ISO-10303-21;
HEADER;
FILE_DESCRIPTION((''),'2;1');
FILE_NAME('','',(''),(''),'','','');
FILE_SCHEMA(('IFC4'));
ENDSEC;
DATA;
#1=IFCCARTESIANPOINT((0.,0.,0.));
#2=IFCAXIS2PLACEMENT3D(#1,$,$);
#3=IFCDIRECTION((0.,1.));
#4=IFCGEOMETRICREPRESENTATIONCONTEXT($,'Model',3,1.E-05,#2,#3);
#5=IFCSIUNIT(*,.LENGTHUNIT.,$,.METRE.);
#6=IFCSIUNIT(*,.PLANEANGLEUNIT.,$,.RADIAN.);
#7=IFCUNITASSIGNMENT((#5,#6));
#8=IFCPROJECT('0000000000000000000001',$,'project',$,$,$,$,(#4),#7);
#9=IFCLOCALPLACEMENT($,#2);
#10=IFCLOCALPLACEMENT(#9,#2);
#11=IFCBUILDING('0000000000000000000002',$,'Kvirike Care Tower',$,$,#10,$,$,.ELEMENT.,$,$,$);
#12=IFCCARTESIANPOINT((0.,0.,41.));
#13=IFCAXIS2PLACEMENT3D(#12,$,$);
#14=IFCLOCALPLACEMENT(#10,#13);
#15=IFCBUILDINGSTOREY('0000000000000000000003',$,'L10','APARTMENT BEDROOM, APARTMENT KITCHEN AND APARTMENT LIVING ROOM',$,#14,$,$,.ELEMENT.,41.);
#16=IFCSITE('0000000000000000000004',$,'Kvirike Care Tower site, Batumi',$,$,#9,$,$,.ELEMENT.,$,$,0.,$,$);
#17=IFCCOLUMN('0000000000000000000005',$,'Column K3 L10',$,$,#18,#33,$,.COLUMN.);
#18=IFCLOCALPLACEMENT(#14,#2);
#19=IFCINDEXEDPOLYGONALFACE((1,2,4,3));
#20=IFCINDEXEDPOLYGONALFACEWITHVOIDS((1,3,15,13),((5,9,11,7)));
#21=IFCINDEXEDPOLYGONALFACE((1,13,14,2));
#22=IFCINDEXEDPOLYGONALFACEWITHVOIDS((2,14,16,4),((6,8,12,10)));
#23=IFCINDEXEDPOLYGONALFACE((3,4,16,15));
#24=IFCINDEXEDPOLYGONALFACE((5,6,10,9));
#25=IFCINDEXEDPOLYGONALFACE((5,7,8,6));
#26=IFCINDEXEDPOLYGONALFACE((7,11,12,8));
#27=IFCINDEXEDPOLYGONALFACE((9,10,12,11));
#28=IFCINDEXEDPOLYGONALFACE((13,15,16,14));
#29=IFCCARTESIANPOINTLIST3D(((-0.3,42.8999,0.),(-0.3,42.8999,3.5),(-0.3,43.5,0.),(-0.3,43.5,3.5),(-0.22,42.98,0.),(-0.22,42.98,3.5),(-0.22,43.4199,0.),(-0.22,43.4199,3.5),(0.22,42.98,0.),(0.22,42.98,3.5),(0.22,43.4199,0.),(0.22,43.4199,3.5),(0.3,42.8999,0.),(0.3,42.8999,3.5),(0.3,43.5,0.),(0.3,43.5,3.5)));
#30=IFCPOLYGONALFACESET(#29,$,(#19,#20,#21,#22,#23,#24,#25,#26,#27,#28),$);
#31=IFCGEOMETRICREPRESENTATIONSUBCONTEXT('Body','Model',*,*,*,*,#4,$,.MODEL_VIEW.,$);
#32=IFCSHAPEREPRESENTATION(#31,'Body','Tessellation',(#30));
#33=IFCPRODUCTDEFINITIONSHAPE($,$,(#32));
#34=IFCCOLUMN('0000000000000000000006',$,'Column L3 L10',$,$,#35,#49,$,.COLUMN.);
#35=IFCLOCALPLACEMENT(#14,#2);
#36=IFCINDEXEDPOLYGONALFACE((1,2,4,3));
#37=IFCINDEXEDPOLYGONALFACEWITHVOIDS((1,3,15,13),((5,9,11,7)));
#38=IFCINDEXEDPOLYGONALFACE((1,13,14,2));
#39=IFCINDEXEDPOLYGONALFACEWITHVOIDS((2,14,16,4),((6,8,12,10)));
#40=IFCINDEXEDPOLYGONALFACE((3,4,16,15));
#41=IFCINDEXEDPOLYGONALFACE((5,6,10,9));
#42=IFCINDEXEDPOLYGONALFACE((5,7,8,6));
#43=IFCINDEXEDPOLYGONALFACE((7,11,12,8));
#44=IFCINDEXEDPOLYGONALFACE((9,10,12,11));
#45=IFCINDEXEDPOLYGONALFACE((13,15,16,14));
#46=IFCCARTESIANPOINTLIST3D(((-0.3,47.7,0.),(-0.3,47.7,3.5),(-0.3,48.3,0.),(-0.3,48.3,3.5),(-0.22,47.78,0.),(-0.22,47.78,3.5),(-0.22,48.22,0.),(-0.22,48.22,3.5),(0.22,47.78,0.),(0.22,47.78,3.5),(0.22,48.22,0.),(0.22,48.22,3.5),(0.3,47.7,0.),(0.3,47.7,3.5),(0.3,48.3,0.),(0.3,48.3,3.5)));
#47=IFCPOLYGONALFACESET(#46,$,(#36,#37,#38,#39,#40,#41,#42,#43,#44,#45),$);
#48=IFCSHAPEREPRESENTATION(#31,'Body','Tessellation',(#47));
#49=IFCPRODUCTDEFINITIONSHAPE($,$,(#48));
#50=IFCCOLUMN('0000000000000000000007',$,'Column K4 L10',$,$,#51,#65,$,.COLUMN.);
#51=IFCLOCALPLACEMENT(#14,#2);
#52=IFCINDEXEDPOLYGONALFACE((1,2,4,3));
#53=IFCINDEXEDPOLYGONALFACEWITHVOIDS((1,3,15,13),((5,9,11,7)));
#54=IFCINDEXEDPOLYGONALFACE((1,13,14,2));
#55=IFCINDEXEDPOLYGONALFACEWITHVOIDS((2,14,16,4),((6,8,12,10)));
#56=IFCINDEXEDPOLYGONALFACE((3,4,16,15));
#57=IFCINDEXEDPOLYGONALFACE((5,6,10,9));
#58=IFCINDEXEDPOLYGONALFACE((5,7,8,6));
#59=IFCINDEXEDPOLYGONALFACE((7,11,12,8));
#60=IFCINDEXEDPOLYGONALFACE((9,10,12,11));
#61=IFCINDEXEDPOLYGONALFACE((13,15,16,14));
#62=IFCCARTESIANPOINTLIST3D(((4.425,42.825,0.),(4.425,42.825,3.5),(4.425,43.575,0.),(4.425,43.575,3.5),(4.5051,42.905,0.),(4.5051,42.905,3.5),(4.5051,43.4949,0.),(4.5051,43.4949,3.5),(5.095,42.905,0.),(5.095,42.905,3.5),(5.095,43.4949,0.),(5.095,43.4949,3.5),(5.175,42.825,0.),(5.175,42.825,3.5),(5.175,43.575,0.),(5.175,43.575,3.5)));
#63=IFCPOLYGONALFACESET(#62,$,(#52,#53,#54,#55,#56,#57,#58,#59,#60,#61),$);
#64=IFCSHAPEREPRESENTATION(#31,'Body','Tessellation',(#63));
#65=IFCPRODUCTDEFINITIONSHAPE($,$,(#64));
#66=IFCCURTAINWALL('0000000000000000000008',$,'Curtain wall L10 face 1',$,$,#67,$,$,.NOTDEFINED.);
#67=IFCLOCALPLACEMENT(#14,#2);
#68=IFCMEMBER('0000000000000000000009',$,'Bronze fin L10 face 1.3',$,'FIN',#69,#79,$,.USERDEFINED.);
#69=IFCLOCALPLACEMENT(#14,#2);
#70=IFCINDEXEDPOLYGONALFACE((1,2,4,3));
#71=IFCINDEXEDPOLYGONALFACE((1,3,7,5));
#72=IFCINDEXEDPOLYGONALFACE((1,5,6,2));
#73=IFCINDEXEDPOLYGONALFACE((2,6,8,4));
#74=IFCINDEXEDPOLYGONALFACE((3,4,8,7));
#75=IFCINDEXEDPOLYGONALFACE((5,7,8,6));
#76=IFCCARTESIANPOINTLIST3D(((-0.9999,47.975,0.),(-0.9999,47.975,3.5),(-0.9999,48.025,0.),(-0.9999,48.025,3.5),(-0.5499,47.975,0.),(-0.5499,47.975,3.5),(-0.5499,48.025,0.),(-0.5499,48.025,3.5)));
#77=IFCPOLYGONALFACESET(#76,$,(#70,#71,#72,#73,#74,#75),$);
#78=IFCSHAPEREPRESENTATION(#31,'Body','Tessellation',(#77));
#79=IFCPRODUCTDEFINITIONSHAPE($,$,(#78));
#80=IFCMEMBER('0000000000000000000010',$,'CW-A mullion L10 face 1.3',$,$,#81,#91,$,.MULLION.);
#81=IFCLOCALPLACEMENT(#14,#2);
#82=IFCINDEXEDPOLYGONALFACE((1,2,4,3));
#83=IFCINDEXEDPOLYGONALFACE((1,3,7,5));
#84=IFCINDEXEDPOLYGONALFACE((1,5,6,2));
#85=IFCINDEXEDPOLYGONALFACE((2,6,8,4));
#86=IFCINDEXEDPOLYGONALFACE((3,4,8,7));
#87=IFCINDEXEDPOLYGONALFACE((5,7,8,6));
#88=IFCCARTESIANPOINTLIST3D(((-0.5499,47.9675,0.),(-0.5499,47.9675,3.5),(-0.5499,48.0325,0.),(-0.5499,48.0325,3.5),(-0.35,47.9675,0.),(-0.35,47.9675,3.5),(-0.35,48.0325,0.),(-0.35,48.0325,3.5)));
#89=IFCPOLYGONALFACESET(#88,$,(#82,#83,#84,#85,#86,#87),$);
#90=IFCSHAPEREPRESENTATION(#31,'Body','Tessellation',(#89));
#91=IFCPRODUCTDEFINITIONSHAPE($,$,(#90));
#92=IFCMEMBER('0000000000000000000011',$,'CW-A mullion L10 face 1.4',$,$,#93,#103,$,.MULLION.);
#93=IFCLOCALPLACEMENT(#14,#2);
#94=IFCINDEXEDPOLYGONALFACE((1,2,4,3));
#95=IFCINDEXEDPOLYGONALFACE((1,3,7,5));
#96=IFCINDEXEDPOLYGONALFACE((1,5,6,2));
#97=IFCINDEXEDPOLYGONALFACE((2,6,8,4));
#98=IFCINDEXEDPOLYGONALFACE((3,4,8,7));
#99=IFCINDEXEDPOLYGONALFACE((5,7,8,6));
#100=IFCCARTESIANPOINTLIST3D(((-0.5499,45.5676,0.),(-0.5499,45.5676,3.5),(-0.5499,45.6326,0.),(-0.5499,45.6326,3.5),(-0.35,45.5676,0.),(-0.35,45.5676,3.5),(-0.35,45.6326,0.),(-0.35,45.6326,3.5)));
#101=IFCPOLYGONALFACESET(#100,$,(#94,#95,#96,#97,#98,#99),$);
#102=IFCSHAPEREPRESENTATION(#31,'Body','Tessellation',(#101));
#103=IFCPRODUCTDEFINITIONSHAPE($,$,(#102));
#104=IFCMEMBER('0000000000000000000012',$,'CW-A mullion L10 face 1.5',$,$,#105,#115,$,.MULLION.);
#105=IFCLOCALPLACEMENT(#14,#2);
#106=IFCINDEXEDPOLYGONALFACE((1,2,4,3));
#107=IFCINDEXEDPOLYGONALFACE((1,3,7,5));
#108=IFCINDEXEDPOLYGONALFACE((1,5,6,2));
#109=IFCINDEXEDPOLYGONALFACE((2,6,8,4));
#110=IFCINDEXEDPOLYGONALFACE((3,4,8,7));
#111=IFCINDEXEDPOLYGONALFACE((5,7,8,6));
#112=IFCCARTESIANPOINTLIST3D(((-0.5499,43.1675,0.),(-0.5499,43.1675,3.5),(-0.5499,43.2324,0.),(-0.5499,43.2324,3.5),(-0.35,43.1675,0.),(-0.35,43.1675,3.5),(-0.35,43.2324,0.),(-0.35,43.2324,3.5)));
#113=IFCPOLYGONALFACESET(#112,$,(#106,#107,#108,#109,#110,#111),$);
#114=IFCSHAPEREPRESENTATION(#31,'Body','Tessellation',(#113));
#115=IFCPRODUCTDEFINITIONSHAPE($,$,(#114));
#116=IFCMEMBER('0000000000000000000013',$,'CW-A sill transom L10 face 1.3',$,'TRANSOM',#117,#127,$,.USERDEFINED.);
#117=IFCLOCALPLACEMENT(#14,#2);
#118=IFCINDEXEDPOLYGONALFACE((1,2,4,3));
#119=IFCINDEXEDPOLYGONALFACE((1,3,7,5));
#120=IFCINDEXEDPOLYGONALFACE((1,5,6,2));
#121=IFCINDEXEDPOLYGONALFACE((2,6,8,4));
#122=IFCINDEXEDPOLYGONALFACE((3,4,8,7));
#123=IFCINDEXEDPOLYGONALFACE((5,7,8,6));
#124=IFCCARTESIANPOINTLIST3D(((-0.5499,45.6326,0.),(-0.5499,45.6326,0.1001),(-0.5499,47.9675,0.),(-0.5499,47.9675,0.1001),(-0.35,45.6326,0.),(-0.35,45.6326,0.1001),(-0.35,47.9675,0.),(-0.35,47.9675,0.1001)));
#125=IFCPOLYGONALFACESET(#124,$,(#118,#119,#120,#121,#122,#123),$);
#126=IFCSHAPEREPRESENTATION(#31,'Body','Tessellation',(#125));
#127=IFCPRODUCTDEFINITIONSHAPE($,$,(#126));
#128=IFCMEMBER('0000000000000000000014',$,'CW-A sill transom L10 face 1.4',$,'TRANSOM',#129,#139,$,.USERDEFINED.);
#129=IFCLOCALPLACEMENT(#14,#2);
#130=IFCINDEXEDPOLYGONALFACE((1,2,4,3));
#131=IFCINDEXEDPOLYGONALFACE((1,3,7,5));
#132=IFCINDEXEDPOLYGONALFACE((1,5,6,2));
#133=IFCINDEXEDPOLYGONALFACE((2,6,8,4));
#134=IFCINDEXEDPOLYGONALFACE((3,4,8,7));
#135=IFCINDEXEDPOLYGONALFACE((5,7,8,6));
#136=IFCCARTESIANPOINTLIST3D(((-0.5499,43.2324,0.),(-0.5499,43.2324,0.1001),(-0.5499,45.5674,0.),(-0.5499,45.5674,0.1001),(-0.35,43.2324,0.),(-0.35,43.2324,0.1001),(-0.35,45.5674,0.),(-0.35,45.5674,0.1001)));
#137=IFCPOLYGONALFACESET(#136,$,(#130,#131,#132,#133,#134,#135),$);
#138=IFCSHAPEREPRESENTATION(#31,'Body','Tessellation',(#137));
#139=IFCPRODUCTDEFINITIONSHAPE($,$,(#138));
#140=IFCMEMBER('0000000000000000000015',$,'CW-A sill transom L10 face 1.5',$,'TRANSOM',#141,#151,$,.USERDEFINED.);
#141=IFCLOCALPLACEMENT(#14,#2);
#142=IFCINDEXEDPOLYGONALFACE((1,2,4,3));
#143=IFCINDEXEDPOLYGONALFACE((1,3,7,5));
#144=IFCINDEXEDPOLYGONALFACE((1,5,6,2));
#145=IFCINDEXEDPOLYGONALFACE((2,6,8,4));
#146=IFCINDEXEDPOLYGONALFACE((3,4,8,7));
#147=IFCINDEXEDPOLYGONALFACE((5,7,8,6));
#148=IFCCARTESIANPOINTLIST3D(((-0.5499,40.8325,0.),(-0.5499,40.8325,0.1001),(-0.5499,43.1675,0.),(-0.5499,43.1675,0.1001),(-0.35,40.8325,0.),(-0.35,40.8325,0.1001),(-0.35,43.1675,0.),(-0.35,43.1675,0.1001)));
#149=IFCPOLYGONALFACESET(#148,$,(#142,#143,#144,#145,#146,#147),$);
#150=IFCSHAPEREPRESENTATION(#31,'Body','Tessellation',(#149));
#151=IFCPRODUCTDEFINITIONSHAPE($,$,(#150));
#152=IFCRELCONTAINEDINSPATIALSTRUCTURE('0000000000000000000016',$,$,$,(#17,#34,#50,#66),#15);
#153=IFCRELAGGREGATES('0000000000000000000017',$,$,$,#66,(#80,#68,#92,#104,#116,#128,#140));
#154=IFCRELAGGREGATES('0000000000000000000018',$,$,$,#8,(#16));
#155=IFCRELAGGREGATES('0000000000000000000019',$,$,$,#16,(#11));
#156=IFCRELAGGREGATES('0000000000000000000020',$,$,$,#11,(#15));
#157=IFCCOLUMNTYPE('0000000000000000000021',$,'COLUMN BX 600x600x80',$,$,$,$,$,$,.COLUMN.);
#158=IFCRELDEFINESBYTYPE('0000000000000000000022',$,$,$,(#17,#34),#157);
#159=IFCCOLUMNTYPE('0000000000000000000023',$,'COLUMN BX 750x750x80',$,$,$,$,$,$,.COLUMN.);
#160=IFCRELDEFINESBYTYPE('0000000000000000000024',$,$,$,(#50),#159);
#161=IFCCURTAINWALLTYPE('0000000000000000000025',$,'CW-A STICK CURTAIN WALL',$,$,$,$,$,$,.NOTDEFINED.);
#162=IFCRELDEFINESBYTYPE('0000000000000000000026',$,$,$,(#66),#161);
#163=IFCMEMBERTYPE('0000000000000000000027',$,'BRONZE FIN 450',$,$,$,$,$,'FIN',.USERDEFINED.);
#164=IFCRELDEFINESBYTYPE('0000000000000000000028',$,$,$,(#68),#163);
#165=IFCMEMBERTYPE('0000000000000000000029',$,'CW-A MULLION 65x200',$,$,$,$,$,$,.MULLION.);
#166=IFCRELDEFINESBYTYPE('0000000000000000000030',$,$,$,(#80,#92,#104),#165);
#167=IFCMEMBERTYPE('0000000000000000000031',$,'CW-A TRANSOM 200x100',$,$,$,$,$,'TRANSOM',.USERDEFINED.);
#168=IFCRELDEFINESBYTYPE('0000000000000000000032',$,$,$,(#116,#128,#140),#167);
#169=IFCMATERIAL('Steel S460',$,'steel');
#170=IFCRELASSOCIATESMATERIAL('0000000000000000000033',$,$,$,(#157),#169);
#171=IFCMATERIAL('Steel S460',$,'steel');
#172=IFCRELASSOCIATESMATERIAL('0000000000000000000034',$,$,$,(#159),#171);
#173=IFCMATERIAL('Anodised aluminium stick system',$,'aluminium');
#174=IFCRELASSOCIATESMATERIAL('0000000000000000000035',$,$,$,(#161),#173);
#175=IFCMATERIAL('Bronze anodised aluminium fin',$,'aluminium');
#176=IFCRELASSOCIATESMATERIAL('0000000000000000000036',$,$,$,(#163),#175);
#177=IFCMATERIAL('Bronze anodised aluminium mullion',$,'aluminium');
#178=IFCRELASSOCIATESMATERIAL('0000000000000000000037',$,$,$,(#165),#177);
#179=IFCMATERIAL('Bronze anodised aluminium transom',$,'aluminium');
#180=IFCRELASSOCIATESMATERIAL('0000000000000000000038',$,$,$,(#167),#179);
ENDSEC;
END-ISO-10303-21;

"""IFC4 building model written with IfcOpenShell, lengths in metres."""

from ifc_helpers import new_model, si_unit, direction, frame, origin, origin_2d, place, context, subcontext, project, spatial, rectangle, hollow_rectangle, extrude, material, material_profile, profile_set, type_object, element, aggregate, save


model = new_model("IFC4")

# Units and contexts
model_context = context("Model", 3, precision=1e-05, world=origin(), true_north=direction((0.0, 1.0)))
body_context = subcontext(model_context, "Body", "Model", "MODEL_VIEW")
ifc_project = project(units=[si_unit("LENGTHUNIT", "METRE"), si_unit("PLANEANGLEUNIT", "RADIAN")], contexts=[model_context])

# Site, building, storey
site_placement = place(None, origin())
site = spatial("IfcSite", under=ifc_project, at=site_placement, Name="Kvirike Care Tower site, Batumi", CompositionType="ELEMENT", RefElevation=0.0)
building_placement = place(site_placement, origin())
building = spatial("IfcBuilding", under=site, at=building_placement, Name="Kvirike Care Tower", CompositionType="ELEMENT")
storey_placement = place(building_placement, frame((0.0, 0.0, 41.0)))
storey = spatial("IfcBuildingStorey", under=building, at=storey_placement, Name="L10", Description="APARTMENT BEDROOM, APARTMENT KITCHEN AND APARTMENT LIVING ROOM", CompositionType="ELEMENT", Elevation=41.0)

# Columns
ifc_material_1 = material(Name="Steel S460", Category="steel")
ifc_material_profile_1 = material_profile(ifc_material_1, hollow_rectangle(XDim=0.6001, YDim=0.6001, WallThickness=0.0801, at=origin_2d()), Name="BX 600x600x80")
ifc_profile_set_1 = profile_set([ifc_material_profile_1], Name="Steel S460")
column_type_1 = type_object("IfcColumnType", Name="COLUMN BX 600x600x80", PredefinedType="COLUMN", material=ifc_profile_set_1)
for number, where, z_axis, x_axis, name in (
    (1, (0.0, 43.2, 0.0), (0.0, 0.0, 1.0), (0.0, 1.0, 0.0), "Column K3 L10"),
    (2, (0.0, 48.0, 0.0), (0.0, 0.0, 1.0), (1.0, 0.0, 0.0), "Column L3 L10"),
):
    element("IfcColumn", number, at=place(storey_placement, frame(where, z_axis=z_axis, x_axis=x_axis)), inside=storey, type_object=column_type_1, Name=name, PredefinedType="COLUMN", context=body_context, shape_type="SweptSolid", body=[
        extrude(hollow_rectangle(XDim=0.6001, YDim=0.6001, WallThickness=0.0801, at=origin_2d()), origin(), (0.0, 0.0, 1.0), 3.5),
    ])
ifc_material_2 = material(Name="Steel S460", Category="steel")
ifc_material_profile_2 = material_profile(ifc_material_2, hollow_rectangle(XDim=0.75, YDim=0.75, WallThickness=0.0801, at=origin_2d()), Name="BX 750x750x80")
ifc_profile_set_2 = profile_set([ifc_material_profile_2], Name="Steel S460")
column_type_2 = type_object("IfcColumnType", Name="COLUMN BX 750x750x80", PredefinedType="COLUMN", material=ifc_profile_set_2)
column_placement = place(storey_placement, frame((4.8, 43.2, 0.0), z_axis=(0.0, 0.0, 1.0), x_axis=(0.0, 1.0, 0.0)))
element("IfcColumn", 3, at=column_placement, inside=storey, type_object=column_type_2, Name="Column K4 L10", PredefinedType="COLUMN", context=body_context, shape_type="SweptSolid", body=[
    extrude(hollow_rectangle(XDim=0.75, YDim=0.75, WallThickness=0.0801, at=origin_2d()), origin(), (0.0, 0.0, 1.0), 3.5),
])

# Curtain wall, members
ifc_material_3 = material(Name="Anodised aluminium stick system", Category="aluminium")
curtain_wall_type = type_object("IfcCurtainWallType", Name="CW-A STICK CURTAIN WALL", PredefinedType="NOTDEFINED", material=ifc_material_3)
curtain_wall_placement = place(storey_placement, origin())
curtain_wall = element("IfcCurtainWall", 4, at=curtain_wall_placement, inside=storey, type_object=curtain_wall_type, Name="Curtain wall L10 face 1", PredefinedType="NOTDEFINED")
ifc_material_4 = material(Name="Bronze anodised aluminium fin", Category="aluminium")
ifc_material_profile_3 = material_profile(ifc_material_4, rectangle(XDim=0.05, YDim=0.45, at=origin_2d()), Name="BRONZE FIN 450")
ifc_profile_set_3 = profile_set([ifc_material_profile_3], Name="Bronze anodised aluminium fin")
member_type_1 = type_object("IfcMemberType", Name="BRONZE FIN 450", ElementType="FIN", PredefinedType="USERDEFINED", material=ifc_profile_set_3)
member_1_placement = place(storey_placement, frame((-0.7749, 48.0, 0.0), z_axis=(0.0, 0.0, 1.0), x_axis=(0.0, -1.0, 0.0)))
member_1 = element("IfcMember", 5, at=member_1_placement, type_object=member_type_1, Name="Bronze fin L10 face 1.3", ObjectType="FIN", PredefinedType="USERDEFINED", context=body_context, shape_type="SweptSolid", body=[
    extrude(rectangle(XDim=0.05, YDim=0.45, at=origin_2d()), origin(), (0.0, 0.0, 1.0), 3.5),
])
ifc_material_5 = material(Name="Bronze anodised aluminium mullion", Category="aluminium")
ifc_material_profile_4 = material_profile(ifc_material_5, rectangle(XDim=0.0649, YDim=0.2, at=origin_2d()), Name="CW-A MULLION 65x200")
ifc_profile_set_4 = profile_set([ifc_material_profile_4], Name="Bronze anodised aluminium mullion")
member_type_2 = type_object("IfcMemberType", Name="CW-A MULLION 65x200", PredefinedType="MULLION", material=ifc_profile_set_4)
member_2_placement = place(storey_placement, frame((-0.45, 48.0, 0.0), z_axis=(0.0, 0.0, 1.0), x_axis=(0.0, -1.0, 0.0)))
member_2 = element("IfcMember", 6, at=member_2_placement, type_object=member_type_2, Name="CW-A mullion L10 face 1.3", PredefinedType="MULLION", context=body_context, shape_type="SweptSolid", body=[
    extrude(rectangle(XDim=0.0649, YDim=0.2, at=origin_2d()), origin(), (0.0, 0.0, 1.0), 3.5),
])
member_3_placement = place(storey_placement, frame((-0.45, 45.6001, 0.0), z_axis=(0.0, 0.0, 1.0), x_axis=(0.0, -1.0, 0.0)))
member_3 = element("IfcMember", 7, at=member_3_placement, type_object=member_type_2, Name="CW-A mullion L10 face 1.4", PredefinedType="MULLION", context=body_context, shape_type="SweptSolid", body=[
    extrude(rectangle(XDim=0.0649, YDim=0.2, at=origin_2d()), origin(), (0.0, 0.0, 1.0), 3.5),
])
member_4_placement = place(storey_placement, frame((-0.45, 43.2, 0.0), z_axis=(0.0, 0.0, 1.0), x_axis=(0.0, -1.0, 0.0)))
member_4 = element("IfcMember", 8, at=member_4_placement, type_object=member_type_2, Name="CW-A mullion L10 face 1.5", PredefinedType="MULLION", context=body_context, shape_type="SweptSolid", body=[
    extrude(rectangle(XDim=0.0649, YDim=0.2, at=origin_2d()), origin(), (0.0, 0.0, 1.0), 3.5),
])
ifc_material_6 = material(Name="Bronze anodised aluminium transom", Category="aluminium")
ifc_material_profile_5 = material_profile(ifc_material_6, rectangle(XDim=0.2, YDim=0.1001, at=origin_2d()), Name="CW-A TRANSOM 200x100")
ifc_profile_set_5 = profile_set([ifc_material_profile_5], Name="Bronze anodised aluminium transom")
member_type_3 = type_object("IfcMemberType", Name="CW-A TRANSOM 200x100", ElementType="TRANSOM", PredefinedType="USERDEFINED", material=ifc_profile_set_5)
member_5_placement = place(storey_placement, frame((-0.45, 47.9675, 0.05), z_axis=(0.0, -1.0, 0.0), x_axis=(1.0, 0.0, 0.0)))
member_5 = element("IfcMember", 9, at=member_5_placement, type_object=member_type_3, Name="CW-A sill transom L10 face 1.3", ObjectType="TRANSOM", PredefinedType="USERDEFINED", context=body_context, shape_type="SweptSolid", body=[
    extrude(rectangle(XDim=0.2, YDim=0.1001, at=origin_2d()), origin(), (0.0, 0.0, 1.0), 2.335),
])
member_6_placement = place(storey_placement, frame((-0.45, 45.5674, 0.05), z_axis=(0.0, -1.0, 0.0), x_axis=(1.0, 0.0, 0.0)))
member_6 = element("IfcMember", 10, at=member_6_placement, type_object=member_type_3, Name="CW-A sill transom L10 face 1.4", ObjectType="TRANSOM", PredefinedType="USERDEFINED", context=body_context, shape_type="SweptSolid", body=[
    extrude(rectangle(XDim=0.2, YDim=0.1001, at=origin_2d()), origin(), (0.0, 0.0, 1.0), 2.335),
])
member_7_placement = place(storey_placement, frame((-0.45, 43.1675, 0.05), z_axis=(0.0, -1.0, 0.0), x_axis=(1.0, 0.0, 0.0)))
member_7 = element("IfcMember", 11, at=member_7_placement, type_object=member_type_3, Name="CW-A sill transom L10 face 1.5", ObjectType="TRANSOM", PredefinedType="USERDEFINED", context=body_context, shape_type="SweptSolid", body=[
    extrude(rectangle(XDim=0.2, YDim=0.1001, at=origin_2d()), origin(), (0.0, 0.0, 1.0), 2.335),
])

aggregate(curtain_wall, [member_2, member_1, member_3, member_4, member_5, member_6, member_7])

save(model, "model.ifc")
